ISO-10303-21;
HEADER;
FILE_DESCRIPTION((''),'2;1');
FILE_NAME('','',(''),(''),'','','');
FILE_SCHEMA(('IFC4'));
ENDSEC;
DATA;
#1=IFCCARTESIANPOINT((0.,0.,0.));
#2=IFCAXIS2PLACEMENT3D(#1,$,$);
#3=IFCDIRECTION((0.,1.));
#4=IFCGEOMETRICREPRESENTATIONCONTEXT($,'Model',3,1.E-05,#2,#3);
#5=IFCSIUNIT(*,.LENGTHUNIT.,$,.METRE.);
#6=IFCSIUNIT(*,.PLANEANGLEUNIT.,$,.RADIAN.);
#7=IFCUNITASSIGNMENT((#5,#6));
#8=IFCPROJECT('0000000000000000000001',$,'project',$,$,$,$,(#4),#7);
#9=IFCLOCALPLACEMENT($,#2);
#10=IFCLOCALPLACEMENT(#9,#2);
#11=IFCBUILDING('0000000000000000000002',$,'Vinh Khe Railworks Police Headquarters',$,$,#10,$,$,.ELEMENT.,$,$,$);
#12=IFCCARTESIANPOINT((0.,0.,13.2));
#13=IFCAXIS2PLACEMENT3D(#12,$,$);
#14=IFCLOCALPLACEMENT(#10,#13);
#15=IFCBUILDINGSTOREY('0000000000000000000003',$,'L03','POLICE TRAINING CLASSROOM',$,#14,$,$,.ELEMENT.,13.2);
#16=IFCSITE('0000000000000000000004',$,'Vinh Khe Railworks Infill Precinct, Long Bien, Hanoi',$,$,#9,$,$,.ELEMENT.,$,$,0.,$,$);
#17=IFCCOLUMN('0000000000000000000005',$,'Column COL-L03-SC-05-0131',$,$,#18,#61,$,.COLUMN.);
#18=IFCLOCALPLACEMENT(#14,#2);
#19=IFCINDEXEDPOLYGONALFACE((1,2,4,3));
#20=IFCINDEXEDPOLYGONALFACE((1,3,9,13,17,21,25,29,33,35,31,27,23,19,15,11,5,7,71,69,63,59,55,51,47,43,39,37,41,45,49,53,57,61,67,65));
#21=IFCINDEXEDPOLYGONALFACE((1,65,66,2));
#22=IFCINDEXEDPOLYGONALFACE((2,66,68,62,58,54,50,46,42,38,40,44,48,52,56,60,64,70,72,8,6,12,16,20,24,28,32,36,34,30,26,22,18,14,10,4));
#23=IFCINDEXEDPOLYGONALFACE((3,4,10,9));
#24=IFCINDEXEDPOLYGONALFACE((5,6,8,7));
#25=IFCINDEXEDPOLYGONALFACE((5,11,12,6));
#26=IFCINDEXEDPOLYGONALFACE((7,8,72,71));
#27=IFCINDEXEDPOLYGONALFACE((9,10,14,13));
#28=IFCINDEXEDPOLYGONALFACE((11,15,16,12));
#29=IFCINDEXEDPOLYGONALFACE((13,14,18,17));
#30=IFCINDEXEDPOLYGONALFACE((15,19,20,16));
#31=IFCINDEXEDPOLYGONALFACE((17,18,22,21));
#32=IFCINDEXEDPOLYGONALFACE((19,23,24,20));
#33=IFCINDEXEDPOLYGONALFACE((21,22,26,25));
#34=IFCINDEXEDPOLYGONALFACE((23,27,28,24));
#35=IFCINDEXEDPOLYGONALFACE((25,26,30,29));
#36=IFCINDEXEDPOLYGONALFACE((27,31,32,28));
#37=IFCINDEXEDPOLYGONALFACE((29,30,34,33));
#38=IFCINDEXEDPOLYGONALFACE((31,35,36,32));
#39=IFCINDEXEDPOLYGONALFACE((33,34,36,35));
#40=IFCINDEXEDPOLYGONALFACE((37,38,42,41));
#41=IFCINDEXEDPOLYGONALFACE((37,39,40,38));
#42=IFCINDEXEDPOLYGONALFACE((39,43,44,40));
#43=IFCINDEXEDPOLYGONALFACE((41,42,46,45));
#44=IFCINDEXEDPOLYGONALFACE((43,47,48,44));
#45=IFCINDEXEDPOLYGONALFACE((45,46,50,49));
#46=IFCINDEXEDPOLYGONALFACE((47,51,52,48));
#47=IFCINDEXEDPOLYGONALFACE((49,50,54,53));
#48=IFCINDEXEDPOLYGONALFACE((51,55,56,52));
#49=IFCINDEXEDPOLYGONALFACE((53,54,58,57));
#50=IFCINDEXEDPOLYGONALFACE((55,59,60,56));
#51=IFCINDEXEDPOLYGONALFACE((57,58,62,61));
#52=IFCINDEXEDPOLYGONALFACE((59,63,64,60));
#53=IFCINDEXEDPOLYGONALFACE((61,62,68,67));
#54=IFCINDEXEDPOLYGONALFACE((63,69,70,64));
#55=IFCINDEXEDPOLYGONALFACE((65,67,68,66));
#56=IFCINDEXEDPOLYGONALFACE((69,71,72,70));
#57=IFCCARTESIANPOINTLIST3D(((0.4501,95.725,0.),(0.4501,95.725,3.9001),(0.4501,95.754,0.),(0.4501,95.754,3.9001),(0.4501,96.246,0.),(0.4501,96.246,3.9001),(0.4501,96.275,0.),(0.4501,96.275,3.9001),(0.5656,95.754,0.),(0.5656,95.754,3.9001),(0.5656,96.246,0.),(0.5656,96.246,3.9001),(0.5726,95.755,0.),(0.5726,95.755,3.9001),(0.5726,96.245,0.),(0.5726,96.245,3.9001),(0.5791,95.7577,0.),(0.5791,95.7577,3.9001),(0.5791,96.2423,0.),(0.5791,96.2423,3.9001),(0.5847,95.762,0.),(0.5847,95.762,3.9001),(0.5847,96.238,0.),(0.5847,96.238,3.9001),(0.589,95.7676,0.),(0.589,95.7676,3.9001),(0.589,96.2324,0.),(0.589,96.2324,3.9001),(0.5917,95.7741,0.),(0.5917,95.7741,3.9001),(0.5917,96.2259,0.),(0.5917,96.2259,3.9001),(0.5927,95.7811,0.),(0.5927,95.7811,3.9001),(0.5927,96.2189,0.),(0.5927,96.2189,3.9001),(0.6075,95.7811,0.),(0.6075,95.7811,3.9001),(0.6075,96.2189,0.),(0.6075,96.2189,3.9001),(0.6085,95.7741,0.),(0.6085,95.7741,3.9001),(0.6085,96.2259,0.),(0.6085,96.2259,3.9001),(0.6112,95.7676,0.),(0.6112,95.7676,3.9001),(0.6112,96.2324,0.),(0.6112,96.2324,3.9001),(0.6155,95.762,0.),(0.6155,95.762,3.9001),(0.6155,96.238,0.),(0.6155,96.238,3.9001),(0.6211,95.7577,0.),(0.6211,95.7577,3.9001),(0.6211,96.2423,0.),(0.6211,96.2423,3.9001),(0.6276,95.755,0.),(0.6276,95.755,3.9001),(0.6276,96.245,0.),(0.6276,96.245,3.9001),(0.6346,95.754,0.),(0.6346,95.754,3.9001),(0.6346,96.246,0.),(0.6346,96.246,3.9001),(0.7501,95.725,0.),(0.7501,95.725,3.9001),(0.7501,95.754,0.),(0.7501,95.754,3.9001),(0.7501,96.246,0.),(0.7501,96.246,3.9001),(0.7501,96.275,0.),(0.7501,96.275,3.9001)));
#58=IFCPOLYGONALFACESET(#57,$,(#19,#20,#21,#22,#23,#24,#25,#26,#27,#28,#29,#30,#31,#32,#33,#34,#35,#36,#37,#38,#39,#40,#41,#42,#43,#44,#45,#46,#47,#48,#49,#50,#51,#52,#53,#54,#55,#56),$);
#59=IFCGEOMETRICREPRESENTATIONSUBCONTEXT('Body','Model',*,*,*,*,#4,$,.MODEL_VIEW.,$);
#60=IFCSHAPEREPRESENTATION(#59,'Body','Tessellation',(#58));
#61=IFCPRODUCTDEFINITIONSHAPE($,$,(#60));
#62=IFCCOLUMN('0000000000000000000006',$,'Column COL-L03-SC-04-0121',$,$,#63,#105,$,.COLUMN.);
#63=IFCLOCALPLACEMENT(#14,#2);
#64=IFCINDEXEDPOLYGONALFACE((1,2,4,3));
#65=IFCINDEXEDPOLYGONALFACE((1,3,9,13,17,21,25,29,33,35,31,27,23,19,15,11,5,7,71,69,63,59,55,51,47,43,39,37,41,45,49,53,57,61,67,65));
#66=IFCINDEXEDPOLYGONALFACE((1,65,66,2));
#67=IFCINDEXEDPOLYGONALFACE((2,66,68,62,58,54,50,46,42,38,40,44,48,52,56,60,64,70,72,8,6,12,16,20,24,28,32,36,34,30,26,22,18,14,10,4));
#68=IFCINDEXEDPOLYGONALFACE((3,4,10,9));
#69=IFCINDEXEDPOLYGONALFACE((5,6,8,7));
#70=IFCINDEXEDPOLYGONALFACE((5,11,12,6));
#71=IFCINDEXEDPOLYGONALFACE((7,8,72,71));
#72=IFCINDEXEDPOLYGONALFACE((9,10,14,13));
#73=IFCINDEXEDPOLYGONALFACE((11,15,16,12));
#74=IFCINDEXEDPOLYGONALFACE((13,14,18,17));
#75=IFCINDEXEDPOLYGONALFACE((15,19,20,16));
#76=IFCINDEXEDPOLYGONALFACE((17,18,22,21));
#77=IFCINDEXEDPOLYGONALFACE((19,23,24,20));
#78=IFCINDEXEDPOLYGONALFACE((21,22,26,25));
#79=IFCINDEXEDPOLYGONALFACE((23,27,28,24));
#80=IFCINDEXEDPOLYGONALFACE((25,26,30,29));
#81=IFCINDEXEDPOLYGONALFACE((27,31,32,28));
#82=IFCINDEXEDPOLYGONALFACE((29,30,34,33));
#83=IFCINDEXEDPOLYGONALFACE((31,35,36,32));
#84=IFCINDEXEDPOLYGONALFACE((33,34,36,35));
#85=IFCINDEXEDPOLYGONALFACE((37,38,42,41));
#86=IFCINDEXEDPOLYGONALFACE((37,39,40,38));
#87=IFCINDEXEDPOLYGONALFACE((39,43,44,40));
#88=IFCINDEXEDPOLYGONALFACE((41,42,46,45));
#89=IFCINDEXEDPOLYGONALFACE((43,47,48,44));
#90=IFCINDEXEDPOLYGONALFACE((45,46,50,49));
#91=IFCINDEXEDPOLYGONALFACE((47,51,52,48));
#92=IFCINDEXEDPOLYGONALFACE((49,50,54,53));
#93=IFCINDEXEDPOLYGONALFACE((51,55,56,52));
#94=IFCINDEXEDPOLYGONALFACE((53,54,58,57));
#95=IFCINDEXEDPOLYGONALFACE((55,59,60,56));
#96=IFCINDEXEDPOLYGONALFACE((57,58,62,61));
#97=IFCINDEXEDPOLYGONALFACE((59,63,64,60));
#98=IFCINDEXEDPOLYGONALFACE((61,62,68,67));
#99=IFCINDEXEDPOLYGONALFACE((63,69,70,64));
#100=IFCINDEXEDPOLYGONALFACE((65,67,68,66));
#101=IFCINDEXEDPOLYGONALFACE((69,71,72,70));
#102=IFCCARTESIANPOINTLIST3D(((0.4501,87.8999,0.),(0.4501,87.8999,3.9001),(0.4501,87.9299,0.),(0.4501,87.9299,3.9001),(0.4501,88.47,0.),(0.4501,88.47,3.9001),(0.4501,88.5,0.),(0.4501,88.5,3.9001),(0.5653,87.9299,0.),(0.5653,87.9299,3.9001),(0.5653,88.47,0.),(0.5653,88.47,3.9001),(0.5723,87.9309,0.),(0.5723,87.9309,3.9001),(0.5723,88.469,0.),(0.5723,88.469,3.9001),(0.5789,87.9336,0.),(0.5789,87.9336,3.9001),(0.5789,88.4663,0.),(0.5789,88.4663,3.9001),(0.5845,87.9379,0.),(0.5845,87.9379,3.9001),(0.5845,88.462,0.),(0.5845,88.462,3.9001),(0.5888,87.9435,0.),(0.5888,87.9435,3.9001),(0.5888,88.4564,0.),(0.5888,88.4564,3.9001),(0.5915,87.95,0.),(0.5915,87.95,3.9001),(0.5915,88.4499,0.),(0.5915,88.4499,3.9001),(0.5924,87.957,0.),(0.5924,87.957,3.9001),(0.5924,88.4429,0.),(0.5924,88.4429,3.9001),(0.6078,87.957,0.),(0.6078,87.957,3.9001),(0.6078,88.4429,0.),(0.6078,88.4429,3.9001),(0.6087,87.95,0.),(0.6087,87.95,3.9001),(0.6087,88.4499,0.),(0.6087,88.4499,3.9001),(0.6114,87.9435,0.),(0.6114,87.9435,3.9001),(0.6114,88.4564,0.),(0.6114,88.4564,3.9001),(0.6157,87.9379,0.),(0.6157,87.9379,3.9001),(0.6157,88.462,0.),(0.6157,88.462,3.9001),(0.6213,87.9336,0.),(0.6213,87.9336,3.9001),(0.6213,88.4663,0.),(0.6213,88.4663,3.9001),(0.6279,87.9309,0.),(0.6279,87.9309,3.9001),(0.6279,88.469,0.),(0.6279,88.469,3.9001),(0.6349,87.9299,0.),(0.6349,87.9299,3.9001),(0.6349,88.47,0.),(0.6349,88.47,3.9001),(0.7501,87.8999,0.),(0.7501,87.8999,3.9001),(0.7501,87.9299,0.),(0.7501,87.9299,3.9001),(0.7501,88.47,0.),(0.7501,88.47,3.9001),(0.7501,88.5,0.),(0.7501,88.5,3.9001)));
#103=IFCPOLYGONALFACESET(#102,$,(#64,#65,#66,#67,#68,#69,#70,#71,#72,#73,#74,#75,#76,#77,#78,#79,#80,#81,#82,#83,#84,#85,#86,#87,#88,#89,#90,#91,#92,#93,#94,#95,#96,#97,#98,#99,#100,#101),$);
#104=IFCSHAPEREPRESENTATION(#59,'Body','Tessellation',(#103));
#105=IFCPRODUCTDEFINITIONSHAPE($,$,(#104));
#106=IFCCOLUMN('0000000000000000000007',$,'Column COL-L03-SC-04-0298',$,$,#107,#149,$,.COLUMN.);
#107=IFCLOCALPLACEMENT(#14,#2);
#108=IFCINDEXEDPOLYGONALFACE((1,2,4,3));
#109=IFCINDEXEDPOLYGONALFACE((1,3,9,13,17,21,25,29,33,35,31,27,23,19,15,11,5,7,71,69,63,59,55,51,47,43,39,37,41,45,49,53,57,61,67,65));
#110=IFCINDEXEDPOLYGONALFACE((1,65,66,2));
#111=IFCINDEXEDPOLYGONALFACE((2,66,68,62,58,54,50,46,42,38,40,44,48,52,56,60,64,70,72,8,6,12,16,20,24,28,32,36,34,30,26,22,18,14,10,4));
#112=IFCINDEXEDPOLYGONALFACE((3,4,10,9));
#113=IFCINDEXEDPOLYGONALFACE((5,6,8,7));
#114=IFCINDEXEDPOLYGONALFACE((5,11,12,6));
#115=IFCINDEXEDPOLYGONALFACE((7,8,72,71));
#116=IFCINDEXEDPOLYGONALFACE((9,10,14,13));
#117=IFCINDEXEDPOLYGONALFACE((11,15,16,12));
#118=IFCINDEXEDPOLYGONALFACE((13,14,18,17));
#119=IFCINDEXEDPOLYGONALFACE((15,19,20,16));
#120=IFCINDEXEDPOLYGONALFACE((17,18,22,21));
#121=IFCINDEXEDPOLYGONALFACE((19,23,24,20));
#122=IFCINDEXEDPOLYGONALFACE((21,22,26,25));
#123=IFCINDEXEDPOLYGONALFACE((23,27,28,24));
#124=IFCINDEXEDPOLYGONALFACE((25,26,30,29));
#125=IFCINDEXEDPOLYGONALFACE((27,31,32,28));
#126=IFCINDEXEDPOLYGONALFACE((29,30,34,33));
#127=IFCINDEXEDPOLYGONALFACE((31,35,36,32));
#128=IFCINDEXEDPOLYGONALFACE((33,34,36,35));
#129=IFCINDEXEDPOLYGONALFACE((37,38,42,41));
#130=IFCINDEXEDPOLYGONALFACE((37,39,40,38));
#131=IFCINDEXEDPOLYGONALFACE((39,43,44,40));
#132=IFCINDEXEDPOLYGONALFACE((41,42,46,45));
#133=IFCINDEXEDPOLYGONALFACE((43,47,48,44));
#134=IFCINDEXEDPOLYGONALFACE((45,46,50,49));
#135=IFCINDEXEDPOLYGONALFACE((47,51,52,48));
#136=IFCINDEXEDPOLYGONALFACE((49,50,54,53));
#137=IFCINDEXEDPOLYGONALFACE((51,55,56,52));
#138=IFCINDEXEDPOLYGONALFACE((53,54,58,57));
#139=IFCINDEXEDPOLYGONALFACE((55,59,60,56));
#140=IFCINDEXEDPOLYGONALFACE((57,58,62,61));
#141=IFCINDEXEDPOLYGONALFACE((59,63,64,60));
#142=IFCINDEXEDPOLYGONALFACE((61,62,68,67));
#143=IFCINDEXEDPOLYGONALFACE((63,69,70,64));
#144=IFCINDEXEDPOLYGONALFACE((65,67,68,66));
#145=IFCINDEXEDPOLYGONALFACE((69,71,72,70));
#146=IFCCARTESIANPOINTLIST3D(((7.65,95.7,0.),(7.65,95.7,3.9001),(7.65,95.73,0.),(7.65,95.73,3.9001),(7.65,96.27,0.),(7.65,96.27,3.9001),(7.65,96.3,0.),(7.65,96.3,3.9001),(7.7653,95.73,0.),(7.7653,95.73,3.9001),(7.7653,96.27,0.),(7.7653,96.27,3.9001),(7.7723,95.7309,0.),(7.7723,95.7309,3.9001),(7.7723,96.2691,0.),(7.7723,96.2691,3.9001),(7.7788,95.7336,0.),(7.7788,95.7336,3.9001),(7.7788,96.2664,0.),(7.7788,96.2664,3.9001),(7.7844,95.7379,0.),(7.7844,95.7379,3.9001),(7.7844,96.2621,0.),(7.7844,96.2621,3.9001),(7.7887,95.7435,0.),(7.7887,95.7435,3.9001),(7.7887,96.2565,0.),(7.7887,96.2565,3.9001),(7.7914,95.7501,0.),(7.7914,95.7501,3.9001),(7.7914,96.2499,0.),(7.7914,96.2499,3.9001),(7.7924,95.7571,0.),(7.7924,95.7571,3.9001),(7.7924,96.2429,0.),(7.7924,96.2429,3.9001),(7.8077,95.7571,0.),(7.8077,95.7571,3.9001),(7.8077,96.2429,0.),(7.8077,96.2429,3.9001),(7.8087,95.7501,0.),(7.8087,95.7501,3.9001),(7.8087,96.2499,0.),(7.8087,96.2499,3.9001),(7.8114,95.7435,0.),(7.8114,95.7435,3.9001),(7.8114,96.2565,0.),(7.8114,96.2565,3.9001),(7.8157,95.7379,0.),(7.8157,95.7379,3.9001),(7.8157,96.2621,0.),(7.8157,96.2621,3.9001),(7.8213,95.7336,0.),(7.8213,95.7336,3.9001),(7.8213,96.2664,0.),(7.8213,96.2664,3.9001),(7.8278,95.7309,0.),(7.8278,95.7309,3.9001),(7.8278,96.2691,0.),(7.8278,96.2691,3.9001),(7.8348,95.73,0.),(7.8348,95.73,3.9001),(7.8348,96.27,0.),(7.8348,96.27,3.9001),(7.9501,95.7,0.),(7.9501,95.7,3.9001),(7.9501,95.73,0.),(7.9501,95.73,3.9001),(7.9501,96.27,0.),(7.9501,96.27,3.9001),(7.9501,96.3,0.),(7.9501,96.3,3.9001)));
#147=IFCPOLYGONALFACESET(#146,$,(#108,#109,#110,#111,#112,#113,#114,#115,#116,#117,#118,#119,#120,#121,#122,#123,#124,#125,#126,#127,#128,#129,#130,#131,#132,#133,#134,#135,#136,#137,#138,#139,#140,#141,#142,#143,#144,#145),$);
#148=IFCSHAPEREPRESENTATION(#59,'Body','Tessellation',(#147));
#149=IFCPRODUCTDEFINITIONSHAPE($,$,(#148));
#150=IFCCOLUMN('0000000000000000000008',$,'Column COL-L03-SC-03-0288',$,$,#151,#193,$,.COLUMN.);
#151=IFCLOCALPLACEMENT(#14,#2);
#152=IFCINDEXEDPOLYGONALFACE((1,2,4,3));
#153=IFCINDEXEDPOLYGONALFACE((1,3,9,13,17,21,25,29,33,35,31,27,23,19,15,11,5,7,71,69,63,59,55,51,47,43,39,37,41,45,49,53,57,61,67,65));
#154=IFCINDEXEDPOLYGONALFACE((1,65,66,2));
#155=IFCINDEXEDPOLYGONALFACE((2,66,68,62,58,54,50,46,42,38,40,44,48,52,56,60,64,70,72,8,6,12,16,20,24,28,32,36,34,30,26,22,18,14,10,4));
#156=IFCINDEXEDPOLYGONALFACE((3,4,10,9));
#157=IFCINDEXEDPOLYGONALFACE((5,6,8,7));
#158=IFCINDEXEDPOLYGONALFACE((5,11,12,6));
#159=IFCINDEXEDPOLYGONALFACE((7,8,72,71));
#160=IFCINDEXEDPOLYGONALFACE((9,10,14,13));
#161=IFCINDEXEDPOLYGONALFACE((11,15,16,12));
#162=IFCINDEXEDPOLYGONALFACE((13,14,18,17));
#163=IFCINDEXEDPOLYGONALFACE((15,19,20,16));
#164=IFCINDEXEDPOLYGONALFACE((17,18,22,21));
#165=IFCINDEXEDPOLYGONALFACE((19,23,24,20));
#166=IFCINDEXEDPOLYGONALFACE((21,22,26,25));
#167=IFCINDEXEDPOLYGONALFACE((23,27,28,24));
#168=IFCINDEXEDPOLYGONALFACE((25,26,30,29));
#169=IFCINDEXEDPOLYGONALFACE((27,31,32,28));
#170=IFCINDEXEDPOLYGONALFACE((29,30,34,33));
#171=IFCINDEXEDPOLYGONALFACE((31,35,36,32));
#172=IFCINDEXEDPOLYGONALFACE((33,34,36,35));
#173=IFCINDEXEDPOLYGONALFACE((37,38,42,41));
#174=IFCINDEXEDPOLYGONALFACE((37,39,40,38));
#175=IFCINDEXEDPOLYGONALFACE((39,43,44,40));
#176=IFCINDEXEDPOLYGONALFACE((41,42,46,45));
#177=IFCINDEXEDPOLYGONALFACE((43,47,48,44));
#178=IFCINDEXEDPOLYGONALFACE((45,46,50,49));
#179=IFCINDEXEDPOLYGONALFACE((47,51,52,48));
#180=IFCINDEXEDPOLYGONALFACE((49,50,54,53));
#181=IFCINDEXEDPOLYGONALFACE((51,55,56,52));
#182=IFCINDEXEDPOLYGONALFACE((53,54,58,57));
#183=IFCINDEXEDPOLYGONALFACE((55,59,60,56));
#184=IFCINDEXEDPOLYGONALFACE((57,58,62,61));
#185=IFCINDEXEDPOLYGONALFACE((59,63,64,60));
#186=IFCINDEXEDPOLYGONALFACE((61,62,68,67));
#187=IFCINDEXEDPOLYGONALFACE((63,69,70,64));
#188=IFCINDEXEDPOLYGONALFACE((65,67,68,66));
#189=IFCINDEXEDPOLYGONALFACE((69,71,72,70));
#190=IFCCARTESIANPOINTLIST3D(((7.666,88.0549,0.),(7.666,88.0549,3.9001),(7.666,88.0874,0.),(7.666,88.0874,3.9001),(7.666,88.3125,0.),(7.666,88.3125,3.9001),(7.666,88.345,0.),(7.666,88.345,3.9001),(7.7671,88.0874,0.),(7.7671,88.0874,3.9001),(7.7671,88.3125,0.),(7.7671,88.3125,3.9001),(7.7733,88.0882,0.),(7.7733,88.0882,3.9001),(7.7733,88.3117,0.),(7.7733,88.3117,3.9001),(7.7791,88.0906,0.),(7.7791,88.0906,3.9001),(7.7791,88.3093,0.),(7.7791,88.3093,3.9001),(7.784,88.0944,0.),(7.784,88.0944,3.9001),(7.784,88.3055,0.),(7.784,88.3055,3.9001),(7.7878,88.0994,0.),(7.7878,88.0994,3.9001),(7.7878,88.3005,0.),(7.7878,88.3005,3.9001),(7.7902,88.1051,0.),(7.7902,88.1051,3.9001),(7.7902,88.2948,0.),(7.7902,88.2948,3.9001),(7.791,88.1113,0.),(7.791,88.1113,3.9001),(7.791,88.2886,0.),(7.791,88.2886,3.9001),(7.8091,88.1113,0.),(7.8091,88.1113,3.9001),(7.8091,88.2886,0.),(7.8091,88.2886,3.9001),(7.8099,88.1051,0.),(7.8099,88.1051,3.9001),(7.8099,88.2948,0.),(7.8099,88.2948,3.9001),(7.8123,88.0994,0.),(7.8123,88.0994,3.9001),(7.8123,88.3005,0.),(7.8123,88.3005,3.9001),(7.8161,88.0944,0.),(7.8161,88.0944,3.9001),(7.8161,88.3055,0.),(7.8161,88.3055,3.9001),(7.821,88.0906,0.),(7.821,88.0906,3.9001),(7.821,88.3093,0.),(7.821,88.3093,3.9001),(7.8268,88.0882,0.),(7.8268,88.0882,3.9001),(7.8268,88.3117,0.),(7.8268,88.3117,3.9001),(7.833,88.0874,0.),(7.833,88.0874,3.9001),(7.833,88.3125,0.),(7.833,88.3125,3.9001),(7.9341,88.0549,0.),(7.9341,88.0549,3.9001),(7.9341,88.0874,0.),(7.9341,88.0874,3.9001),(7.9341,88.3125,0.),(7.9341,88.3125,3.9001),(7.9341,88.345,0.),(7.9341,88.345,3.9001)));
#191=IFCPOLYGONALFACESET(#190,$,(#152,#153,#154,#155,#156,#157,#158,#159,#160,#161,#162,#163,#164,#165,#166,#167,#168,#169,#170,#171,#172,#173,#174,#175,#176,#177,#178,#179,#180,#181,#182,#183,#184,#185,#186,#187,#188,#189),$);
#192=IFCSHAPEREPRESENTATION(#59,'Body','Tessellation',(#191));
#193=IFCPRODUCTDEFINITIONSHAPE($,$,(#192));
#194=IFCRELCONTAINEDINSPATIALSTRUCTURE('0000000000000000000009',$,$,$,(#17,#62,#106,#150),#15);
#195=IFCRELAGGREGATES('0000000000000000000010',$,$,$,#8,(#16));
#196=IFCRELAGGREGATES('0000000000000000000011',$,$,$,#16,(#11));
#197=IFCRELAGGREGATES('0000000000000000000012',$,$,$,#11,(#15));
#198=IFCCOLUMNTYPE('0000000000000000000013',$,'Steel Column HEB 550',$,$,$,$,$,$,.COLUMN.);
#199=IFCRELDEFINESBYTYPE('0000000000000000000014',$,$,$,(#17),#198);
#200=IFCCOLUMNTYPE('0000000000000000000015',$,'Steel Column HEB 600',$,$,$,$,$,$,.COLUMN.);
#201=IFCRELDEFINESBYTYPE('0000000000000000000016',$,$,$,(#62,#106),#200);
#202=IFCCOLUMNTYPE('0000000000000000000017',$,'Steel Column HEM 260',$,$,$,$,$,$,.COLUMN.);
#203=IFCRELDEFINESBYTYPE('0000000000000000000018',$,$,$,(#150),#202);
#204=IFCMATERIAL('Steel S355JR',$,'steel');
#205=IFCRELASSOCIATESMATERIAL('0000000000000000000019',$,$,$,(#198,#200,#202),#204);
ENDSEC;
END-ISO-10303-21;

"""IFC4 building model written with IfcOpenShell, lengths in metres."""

from ifc_helpers import new_model, si_unit, direction, frame, origin, origin_2d, place, context, subcontext, project, spatial, i_section, extrude, material, material_profile, profile_set, type_object, element, save


model = new_model("IFC4")

# Units and contexts
model_context = context("Model", 3, precision=1e-05, world=origin(), true_north=direction((0.0, 1.0)))
body_context = subcontext(model_context, "Body", "Model", "MODEL_VIEW")
ifc_project = project(units=[si_unit("LENGTHUNIT", "METRE"), si_unit("PLANEANGLEUNIT", "RADIAN")], contexts=[model_context])

# Site, building, storey
site_placement = place(None, origin())
site = spatial("IfcSite", under=ifc_project, at=site_placement, Name="Vinh Khe Railworks Infill Precinct, Long Bien, Hanoi", CompositionType="ELEMENT", RefElevation=0.0)
building_placement = place(site_placement, origin())
building = spatial("IfcBuilding", under=site, at=building_placement, Name="Vinh Khe Railworks Police Headquarters", CompositionType="ELEMENT")
storey_placement = place(building_placement, frame((0.0, 0.0, 13.2)))
storey = spatial("IfcBuildingStorey", under=building, at=storey_placement, Name="L03", Description="POLICE TRAINING CLASSROOM", CompositionType="ELEMENT", Elevation=13.2)

# Columns
ifc_material_1 = material(Name="Steel S355JR", Category="steel")
ifc_material_profile_1 = material_profile(ifc_material_1, i_section(OverallWidth=0.3, OverallDepth=0.55, WebThickness=0.0149, FlangeThickness=0.0291, FilletRadius=0.0271, at=origin_2d()), Name="HEB 550")
ifc_profile_set_1 = profile_set([ifc_material_profile_1], Name="Steel S355JR")
column_type_1 = type_object("IfcColumnType", Name="Steel Column HEB 550", PredefinedType="COLUMN", material=ifc_profile_set_1)
column_1_placement = place(storey_placement, frame((0.6001, 96.0, 0.0), z_axis=(0.0, 0.0, 1.0), x_axis=(1.0, 0.0, 0.0)))
element("IfcColumn", 1, at=column_1_placement, inside=storey, type_object=column_type_1, Name="Column COL-L03-SC-05-0131", PredefinedType="COLUMN", context=body_context, shape_type="SweptSolid", body=[
    extrude(i_section(OverallWidth=0.3, OverallDepth=0.55, WebThickness=0.0149, FlangeThickness=0.0291, FilletRadius=0.0271, at=origin_2d()), origin(), (0.0, 0.0, 1.0), 3.9001),
])
ifc_material_profile_2 = material_profile(ifc_material_1, i_section(OverallWidth=0.3, OverallDepth=0.6001, WebThickness=0.0154, FlangeThickness=0.03, FilletRadius=0.0271, at=origin_2d()), Name="HEB 600")
ifc_profile_set_2 = profile_set([ifc_material_profile_2], Name="Steel S355JR")
column_type_2 = type_object("IfcColumnType", Name="Steel Column HEB 600", PredefinedType="COLUMN", material=ifc_profile_set_2)
for number, where, z_axis, x_axis, name in (
    (2, (0.6001, 88.2, 0.0), (0.0, 0.0, 1.0), (1.0, 0.0, 0.0), "Column COL-L03-SC-04-0121"),
    (3, (7.8, 96.0, 0.0), (0.0, 0.0, 1.0), (1.0, 0.0, 0.0), "Column COL-L03-SC-04-0298"),
):
    element("IfcColumn", number, at=place(storey_placement, frame(where, z_axis=z_axis, x_axis=x_axis)), inside=storey, type_object=column_type_2, Name=name, PredefinedType="COLUMN", context=body_context, shape_type="SweptSolid", body=[
        extrude(i_section(OverallWidth=0.3, OverallDepth=0.6001, WebThickness=0.0154, FlangeThickness=0.03, FilletRadius=0.0271, at=origin_2d()), origin(), (0.0, 0.0, 1.0), 3.9001),
    ])
ifc_material_profile_3 = material_profile(ifc_material_1, i_section(OverallWidth=0.2681, OverallDepth=0.29, WebThickness=0.0181, FlangeThickness=0.0325, FilletRadius=0.0239, at=origin_2d()), Name="HEM 260")
ifc_profile_set_3 = profile_set([ifc_material_profile_3], Name="Steel S355JR")
column_type_3 = type_object("IfcColumnType", Name="Steel Column HEM 260", PredefinedType="COLUMN", material=ifc_profile_set_3)
column_2_placement = place(storey_placement, frame((7.8, 88.2, 0.0), z_axis=(0.0, 0.0, 1.0), x_axis=(1.0, 0.0, 0.0)))
element("IfcColumn", 4, at=column_2_placement, inside=storey, type_object=column_type_3, Name="Column COL-L03-SC-03-0288", PredefinedType="COLUMN", context=body_context, shape_type="SweptSolid", body=[
    extrude(i_section(OverallWidth=0.2681, OverallDepth=0.29, WebThickness=0.0181, FlangeThickness=0.0325, FilletRadius=0.0239, at=origin_2d()), origin(), (0.0, 0.0, 1.0), 3.9001),
])

save(model, "model.ifc")
